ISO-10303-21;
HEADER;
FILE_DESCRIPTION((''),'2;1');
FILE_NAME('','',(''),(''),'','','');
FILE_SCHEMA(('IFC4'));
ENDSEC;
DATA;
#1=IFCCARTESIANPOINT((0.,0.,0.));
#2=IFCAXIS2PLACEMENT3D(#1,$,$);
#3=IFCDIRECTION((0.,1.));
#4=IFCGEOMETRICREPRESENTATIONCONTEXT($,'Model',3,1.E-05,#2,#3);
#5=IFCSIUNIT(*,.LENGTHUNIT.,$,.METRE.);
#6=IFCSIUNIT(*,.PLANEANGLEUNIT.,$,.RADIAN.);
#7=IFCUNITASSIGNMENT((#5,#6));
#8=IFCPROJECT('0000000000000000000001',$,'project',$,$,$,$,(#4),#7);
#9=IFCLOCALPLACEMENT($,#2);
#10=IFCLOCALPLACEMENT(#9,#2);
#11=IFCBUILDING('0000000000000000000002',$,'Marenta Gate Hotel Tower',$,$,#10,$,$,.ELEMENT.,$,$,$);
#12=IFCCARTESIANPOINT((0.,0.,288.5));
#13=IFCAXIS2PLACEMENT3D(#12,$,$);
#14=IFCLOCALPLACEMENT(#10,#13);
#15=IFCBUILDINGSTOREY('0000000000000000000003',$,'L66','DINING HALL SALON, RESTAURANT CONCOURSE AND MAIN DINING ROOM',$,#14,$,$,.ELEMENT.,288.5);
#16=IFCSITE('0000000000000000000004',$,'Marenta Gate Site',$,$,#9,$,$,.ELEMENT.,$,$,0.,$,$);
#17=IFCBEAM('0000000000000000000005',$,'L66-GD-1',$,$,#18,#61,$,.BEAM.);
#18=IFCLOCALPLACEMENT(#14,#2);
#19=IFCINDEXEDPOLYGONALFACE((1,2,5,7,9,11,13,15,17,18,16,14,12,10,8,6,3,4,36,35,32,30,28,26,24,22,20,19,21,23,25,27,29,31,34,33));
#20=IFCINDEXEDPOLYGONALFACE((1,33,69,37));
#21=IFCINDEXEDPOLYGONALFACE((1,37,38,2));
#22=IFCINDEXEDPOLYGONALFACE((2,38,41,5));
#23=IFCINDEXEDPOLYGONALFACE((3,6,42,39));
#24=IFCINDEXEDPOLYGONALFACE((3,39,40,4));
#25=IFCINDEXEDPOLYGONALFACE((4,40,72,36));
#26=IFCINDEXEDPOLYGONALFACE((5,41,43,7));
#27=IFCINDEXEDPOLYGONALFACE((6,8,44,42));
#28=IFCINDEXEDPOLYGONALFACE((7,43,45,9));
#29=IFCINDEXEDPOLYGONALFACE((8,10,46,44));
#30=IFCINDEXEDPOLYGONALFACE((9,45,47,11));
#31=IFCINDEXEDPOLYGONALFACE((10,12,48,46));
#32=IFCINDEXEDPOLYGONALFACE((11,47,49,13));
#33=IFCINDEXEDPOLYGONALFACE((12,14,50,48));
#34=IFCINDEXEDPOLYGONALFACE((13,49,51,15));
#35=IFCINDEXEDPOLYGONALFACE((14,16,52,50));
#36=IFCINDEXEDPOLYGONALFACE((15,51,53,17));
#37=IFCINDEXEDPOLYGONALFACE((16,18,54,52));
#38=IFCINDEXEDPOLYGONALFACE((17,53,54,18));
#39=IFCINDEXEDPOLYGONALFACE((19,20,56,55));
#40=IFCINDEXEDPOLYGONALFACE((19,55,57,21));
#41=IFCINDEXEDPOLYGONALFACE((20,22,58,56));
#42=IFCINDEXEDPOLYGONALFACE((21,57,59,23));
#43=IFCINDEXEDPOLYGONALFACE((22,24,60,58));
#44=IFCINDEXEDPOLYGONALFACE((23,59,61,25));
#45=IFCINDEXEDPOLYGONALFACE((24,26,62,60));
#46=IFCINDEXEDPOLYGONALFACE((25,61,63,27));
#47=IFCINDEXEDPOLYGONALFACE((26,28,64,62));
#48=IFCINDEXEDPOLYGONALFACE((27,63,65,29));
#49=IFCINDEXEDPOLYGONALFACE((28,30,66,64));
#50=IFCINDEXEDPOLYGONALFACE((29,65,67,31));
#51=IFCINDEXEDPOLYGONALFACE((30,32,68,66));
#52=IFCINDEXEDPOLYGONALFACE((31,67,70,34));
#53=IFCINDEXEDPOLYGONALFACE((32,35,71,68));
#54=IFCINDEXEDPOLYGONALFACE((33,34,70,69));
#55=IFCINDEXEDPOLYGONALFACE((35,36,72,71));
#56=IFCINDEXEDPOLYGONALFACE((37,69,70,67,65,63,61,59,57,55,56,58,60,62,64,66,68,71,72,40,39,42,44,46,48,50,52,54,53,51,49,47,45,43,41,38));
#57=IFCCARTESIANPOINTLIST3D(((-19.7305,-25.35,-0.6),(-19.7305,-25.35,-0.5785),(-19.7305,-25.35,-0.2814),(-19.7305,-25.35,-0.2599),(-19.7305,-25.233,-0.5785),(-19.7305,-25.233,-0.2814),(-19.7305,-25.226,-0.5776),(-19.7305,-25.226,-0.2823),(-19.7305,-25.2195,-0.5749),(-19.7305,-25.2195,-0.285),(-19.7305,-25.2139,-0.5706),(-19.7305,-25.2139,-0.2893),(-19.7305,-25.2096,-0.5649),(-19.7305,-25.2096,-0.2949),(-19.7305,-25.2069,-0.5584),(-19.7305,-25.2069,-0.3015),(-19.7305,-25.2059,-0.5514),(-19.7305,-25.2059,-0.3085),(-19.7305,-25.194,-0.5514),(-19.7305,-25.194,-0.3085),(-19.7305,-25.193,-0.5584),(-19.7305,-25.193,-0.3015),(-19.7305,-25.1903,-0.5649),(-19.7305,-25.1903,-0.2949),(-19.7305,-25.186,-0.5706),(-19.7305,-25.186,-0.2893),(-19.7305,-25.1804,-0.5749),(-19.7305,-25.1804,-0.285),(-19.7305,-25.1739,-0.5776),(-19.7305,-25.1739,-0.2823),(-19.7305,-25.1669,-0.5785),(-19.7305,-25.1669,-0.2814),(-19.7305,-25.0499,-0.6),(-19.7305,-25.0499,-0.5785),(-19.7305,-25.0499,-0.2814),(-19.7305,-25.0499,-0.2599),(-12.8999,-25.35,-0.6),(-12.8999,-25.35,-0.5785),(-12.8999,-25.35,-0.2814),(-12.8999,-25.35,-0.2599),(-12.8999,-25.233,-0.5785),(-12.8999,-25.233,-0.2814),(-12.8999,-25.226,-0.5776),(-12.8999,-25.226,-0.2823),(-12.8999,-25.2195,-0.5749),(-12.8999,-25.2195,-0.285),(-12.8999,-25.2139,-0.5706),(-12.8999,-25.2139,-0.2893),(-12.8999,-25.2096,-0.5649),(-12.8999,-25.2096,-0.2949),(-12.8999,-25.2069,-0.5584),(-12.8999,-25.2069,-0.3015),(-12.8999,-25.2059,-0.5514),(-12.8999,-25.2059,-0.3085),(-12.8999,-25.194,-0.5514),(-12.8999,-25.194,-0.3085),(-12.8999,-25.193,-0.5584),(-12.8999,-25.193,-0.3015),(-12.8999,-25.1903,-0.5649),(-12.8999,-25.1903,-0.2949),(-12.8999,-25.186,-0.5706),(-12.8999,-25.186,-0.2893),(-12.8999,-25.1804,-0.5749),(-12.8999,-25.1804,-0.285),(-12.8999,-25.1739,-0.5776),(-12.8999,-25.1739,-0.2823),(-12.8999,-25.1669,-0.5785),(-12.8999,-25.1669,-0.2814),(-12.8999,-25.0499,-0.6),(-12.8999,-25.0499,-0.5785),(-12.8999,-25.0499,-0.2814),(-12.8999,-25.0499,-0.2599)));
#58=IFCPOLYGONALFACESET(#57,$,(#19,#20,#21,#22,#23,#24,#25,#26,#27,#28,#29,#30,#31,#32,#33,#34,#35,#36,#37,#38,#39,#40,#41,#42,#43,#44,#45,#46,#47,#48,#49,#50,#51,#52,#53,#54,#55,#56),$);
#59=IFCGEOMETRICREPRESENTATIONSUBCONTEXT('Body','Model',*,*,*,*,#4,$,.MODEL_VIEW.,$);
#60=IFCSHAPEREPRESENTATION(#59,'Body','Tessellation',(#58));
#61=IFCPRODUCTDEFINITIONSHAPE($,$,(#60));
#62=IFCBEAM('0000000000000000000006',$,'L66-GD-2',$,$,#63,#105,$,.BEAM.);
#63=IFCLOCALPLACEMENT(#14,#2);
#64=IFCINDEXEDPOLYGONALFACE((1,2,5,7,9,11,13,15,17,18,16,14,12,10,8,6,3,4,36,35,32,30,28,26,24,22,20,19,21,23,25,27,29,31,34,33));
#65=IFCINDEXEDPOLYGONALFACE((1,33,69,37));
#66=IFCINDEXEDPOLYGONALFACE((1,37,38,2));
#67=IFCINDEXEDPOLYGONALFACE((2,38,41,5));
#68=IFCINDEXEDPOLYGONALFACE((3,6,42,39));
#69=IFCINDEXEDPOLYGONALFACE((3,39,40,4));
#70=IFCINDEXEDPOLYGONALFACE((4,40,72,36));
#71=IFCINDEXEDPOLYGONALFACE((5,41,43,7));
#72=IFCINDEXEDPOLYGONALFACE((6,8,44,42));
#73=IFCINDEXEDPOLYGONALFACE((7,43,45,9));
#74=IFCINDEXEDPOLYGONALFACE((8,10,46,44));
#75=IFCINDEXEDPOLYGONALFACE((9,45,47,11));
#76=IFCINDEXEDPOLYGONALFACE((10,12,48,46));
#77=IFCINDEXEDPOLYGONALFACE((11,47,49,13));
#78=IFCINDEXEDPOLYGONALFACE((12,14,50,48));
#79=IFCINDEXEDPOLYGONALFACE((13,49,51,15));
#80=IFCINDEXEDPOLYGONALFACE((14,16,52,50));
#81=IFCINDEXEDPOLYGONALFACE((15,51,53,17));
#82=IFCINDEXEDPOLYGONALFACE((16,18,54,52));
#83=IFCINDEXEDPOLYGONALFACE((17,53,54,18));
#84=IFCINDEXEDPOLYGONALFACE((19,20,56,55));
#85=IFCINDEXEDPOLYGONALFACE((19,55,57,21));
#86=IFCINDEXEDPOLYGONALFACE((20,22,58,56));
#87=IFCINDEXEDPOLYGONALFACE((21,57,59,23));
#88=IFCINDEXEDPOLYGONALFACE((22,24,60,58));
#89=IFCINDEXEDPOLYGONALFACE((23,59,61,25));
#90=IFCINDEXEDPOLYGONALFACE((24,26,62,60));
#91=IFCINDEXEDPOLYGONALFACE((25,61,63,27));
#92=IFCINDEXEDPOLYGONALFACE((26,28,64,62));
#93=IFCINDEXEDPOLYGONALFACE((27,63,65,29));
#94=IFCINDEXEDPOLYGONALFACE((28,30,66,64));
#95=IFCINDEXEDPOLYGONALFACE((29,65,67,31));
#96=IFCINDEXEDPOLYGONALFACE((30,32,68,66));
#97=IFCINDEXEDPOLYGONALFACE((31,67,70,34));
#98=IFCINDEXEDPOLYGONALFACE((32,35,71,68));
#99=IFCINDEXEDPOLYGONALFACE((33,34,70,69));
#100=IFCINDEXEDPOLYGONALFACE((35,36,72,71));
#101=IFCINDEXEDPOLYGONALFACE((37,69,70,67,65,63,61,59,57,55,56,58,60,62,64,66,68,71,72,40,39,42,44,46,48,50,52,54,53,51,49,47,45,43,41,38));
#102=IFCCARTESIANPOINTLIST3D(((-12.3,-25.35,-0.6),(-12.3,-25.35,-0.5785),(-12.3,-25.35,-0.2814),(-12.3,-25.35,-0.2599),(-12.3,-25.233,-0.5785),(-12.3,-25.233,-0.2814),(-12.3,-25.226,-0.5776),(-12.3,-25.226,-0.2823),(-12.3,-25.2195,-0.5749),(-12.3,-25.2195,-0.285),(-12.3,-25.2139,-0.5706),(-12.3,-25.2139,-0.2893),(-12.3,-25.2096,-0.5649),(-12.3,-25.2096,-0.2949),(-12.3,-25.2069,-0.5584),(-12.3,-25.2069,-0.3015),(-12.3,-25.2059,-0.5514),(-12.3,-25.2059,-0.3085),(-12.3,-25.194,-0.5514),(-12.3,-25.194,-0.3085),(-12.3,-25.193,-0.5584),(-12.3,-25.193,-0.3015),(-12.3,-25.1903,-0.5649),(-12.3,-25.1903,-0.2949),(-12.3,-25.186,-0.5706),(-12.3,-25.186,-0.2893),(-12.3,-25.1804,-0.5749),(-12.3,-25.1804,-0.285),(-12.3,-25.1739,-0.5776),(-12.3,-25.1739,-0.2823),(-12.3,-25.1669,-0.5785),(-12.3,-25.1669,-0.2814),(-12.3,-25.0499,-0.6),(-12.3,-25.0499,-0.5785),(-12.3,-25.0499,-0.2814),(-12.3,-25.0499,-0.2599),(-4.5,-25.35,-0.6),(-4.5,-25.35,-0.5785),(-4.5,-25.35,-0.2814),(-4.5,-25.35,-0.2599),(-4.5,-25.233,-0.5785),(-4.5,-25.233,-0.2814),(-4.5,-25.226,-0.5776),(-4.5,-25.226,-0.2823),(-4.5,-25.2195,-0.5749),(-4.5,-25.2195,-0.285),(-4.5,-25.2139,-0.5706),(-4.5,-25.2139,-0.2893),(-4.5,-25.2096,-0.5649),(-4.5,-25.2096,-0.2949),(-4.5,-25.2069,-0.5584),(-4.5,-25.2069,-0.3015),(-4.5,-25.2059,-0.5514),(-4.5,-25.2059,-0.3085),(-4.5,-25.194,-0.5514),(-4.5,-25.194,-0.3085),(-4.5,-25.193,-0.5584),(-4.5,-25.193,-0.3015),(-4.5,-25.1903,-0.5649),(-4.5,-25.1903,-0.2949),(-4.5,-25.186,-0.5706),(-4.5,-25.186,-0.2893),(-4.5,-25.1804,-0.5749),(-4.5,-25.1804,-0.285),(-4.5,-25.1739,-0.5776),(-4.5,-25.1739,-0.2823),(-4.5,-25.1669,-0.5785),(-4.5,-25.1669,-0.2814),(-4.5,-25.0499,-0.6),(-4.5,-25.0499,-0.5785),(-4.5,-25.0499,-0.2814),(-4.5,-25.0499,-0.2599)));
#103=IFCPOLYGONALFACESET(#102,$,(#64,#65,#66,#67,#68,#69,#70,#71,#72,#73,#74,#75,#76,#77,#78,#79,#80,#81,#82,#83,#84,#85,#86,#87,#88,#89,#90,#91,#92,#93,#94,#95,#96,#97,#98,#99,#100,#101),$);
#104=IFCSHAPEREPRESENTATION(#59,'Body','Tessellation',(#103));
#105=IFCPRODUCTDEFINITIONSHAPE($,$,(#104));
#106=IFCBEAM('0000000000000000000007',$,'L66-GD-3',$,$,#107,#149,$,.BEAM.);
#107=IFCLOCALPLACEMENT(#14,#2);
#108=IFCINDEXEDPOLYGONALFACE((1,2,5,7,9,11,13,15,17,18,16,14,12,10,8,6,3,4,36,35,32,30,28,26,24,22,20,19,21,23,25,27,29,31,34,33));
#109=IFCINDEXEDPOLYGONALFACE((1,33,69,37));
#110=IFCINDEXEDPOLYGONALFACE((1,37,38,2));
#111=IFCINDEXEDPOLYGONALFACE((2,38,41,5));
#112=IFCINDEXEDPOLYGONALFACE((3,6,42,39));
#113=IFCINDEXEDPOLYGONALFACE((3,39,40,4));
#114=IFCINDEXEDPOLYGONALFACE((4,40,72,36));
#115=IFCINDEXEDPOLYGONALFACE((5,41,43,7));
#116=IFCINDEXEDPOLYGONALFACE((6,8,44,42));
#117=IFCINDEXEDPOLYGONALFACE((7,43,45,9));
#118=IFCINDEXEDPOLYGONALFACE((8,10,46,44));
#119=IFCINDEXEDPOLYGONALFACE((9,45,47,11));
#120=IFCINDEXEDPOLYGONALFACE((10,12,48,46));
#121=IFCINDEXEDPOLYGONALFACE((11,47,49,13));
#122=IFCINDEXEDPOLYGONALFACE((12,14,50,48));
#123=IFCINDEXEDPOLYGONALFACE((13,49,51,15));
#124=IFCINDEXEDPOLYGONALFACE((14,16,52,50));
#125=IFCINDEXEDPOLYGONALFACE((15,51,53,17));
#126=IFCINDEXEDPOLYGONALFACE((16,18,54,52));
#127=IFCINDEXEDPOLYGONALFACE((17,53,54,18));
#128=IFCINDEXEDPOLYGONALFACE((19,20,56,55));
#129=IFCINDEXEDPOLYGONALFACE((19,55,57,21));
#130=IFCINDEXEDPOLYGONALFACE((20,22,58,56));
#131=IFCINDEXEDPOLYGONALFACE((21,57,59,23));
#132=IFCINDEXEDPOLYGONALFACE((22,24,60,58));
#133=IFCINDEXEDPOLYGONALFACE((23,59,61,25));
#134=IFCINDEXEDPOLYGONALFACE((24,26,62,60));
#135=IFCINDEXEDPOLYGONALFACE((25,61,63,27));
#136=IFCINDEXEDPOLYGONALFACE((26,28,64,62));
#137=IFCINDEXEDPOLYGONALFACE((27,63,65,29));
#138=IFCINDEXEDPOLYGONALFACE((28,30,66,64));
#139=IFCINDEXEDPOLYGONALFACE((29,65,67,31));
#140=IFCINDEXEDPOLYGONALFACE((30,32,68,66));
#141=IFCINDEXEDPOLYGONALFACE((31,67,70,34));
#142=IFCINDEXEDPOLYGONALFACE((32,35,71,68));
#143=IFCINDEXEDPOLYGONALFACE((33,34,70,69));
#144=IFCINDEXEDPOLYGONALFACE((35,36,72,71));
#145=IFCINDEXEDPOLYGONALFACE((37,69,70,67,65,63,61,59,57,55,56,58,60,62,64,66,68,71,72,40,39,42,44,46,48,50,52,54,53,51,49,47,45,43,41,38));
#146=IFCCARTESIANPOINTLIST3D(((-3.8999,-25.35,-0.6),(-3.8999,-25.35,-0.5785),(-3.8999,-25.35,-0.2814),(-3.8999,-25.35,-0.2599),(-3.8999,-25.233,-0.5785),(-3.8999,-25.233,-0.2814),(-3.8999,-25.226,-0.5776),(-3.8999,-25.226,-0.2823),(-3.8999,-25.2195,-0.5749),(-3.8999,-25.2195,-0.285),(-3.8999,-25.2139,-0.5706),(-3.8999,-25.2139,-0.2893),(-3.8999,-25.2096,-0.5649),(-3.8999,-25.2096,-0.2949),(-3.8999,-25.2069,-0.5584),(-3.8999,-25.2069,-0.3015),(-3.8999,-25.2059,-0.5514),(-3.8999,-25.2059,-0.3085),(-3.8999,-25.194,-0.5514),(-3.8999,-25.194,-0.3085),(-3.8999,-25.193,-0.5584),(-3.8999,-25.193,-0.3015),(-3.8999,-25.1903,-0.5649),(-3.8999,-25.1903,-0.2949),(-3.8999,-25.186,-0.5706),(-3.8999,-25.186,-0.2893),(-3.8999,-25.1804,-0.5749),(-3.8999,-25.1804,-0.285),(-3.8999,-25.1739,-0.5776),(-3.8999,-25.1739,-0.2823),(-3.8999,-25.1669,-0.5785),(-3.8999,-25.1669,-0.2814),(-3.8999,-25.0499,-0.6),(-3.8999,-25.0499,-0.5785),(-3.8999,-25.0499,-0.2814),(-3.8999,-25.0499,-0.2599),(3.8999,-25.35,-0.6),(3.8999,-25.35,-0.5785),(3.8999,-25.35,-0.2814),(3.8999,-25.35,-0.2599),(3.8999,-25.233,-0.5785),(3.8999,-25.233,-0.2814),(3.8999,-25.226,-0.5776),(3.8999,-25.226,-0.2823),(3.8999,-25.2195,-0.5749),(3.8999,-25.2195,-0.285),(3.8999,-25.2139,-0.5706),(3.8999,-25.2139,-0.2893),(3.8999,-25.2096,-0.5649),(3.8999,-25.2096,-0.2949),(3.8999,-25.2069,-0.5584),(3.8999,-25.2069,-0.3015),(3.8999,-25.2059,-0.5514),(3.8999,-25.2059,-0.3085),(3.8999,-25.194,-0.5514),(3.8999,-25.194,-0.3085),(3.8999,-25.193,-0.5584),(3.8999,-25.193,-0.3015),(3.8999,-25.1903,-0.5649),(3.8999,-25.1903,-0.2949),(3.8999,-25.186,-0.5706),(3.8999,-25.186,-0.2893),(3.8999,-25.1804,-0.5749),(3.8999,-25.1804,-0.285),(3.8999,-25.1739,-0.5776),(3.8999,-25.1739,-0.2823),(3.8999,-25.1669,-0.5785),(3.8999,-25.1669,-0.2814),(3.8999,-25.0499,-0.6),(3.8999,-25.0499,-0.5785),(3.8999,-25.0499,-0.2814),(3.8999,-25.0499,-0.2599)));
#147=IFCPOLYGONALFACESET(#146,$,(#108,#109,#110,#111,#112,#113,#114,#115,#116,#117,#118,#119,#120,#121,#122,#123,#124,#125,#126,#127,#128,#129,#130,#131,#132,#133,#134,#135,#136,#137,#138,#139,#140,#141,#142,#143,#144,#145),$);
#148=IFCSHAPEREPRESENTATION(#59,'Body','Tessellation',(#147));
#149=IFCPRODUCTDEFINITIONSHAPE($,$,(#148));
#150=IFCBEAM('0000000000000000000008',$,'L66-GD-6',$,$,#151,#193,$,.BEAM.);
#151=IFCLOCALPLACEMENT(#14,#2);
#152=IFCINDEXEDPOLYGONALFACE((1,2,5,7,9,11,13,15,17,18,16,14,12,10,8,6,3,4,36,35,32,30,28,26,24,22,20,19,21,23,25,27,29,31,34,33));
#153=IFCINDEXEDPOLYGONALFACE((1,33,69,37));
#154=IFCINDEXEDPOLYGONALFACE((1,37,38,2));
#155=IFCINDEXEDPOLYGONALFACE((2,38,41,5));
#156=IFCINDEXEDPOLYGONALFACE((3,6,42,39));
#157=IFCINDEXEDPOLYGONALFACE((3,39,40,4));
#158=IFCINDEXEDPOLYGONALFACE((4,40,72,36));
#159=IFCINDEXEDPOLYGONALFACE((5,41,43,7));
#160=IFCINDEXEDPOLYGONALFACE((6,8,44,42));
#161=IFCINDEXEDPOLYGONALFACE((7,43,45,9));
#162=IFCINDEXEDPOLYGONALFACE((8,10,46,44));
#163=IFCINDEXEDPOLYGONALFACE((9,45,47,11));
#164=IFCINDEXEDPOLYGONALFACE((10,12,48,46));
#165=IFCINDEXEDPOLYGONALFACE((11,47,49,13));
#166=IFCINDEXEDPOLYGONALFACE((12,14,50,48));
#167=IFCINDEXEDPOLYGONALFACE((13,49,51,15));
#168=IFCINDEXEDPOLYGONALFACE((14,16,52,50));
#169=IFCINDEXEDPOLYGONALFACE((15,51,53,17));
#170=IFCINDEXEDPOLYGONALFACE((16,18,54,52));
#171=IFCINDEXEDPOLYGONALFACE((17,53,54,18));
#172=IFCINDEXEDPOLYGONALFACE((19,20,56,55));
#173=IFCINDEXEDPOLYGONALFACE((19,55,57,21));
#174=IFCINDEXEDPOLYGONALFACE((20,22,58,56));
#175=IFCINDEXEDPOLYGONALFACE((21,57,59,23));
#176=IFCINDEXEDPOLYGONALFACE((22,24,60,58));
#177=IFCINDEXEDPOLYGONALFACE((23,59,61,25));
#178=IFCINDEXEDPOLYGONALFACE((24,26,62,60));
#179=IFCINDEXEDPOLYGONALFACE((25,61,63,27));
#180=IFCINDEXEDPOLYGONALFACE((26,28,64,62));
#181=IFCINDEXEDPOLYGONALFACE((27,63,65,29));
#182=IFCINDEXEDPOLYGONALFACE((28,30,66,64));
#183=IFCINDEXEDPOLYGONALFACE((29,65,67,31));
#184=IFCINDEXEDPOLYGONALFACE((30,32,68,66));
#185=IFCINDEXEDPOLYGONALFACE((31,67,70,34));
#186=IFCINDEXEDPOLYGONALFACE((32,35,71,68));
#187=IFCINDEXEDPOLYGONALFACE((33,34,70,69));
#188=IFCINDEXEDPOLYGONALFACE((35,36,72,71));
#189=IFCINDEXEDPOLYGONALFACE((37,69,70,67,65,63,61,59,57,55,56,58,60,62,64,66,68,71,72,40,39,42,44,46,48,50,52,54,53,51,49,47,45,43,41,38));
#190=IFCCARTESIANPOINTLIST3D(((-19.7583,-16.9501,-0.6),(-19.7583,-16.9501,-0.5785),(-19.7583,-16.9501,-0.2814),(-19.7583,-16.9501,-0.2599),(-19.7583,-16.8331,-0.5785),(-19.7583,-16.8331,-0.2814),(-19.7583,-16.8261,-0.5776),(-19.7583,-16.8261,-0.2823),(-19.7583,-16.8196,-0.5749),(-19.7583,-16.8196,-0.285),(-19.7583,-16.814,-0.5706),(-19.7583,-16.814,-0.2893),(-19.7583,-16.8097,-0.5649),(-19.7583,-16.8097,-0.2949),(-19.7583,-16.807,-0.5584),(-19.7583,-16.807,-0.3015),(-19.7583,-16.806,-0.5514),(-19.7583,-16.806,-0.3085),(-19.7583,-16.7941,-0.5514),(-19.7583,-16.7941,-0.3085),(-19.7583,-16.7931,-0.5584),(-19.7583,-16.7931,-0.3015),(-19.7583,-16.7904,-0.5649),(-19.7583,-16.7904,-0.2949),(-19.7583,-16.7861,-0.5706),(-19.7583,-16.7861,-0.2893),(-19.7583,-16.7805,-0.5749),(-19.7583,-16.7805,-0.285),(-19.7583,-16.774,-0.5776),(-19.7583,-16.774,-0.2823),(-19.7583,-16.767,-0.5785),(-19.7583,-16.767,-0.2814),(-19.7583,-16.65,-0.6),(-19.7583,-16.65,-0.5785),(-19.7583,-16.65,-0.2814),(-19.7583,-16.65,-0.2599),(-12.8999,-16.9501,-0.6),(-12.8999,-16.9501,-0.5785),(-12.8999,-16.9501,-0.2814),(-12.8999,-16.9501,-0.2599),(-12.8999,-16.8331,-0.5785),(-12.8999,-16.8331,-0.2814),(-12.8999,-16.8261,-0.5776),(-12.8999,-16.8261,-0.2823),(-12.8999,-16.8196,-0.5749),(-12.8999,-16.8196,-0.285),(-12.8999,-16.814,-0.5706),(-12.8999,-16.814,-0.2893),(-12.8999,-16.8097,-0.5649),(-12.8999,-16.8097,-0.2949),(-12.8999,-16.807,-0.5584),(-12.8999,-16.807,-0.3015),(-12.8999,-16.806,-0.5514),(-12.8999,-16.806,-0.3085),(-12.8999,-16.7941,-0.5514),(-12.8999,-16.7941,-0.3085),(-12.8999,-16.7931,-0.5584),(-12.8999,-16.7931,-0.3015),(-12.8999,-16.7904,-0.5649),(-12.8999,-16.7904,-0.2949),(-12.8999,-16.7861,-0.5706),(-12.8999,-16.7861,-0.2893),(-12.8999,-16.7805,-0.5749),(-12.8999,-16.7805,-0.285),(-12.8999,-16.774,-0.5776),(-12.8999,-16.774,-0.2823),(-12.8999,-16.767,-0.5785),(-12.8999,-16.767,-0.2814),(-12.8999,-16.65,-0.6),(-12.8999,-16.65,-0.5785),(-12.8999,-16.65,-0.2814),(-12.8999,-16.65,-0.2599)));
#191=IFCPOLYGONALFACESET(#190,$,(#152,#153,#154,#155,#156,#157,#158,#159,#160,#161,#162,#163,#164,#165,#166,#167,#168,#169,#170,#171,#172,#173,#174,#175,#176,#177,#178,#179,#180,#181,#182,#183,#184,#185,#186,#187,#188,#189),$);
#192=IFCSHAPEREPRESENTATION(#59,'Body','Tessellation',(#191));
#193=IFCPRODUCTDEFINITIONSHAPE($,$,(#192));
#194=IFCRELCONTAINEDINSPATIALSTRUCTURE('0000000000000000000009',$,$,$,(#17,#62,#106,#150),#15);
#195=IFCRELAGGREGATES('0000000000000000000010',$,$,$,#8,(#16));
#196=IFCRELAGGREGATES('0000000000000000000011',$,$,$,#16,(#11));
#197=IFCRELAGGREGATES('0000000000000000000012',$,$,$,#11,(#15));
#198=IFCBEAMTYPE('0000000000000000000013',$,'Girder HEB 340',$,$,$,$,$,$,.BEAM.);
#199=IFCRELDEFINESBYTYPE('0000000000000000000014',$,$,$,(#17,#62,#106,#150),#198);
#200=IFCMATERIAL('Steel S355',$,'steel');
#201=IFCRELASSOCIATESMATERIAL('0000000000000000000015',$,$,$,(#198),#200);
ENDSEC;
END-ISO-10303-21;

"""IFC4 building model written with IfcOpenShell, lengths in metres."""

from ifc_helpers import new_model, si_unit, direction, frame, origin, origin_2d, place, context, subcontext, project, spatial, i_section, extrude, material, material_profile, profile_set, type_object, element, save


model = new_model("IFC4")

# Units and contexts
model_context = context("Model", 3, precision=1e-05, world=origin(), true_north=direction((0.0, 1.0)))
body_context = subcontext(model_context, "Body", "Model", "MODEL_VIEW")
ifc_project = project(units=[si_unit("LENGTHUNIT", "METRE"), si_unit("PLANEANGLEUNIT", "RADIAN")], contexts=[model_context])

# Site, building, storey
site_placement = place(None, origin())
site = spatial("IfcSite", under=ifc_project, at=site_placement, Name="Marenta Gate Site", CompositionType="ELEMENT", RefElevation=0.0)
building_placement = place(site_placement, origin())
building = spatial("IfcBuilding", under=site, at=building_placement, Name="Marenta Gate Hotel Tower", CompositionType="ELEMENT")
storey_placement = place(building_placement, frame((0.0, 0.0, 288.5)))
storey = spatial("IfcBuildingStorey", under=building, at=storey_placement, Name="L66", Description="DINING HALL SALON, RESTAURANT CONCOURSE AND MAIN DINING ROOM", CompositionType="ELEMENT", Elevation=288.5)

# Beams
ifc_material_1 = material(Name="Steel S355", Category="steel")
ifc_material_profile_1 = material_profile(ifc_material_1, i_section(OverallWidth=0.3, OverallDepth=0.3401, WebThickness=0.012, FlangeThickness=0.0215, FilletRadius=0.0271, at=origin_2d()), Name="HEB 340")
ifc_profile_set_1 = profile_set([ifc_material_profile_1], Name="Steel S355")
beam_type_1 = type_object("IfcBeamType", Name="Girder HEB 340", PredefinedType="BEAM", material=ifc_profile_set_1)
beam_1_placement = place(storey_placement, frame((-19.7305, -25.2, -0.4299), z_axis=(1.0, 0.0, 0.0), x_axis=(0.0, 1.0, 0.0)))
element("IfcBeam", 1, at=beam_1_placement, inside=storey, type_object=beam_type_1, Name="L66-GD-1", PredefinedType="BEAM", context=body_context, shape_type="SweptSolid", body=[
    extrude(i_section(OverallWidth=0.3, OverallDepth=0.3401, WebThickness=0.012, FlangeThickness=0.0215, FilletRadius=0.0271, at=origin_2d()), origin(), (0.0, 0.0, 1.0), 6.8306),
])
beam_2_placement = place(storey_placement, frame((-12.3, -25.2, -0.4299), z_axis=(1.0, 0.0, 0.0), x_axis=(0.0, 1.0, 0.0)))
element("IfcBeam", 2, at=beam_2_placement, inside=storey, type_object=beam_type_1, Name="L66-GD-2", PredefinedType="BEAM", context=body_context, shape_type="SweptSolid", body=[
    extrude(i_section(OverallWidth=0.3, OverallDepth=0.3401, WebThickness=0.012, FlangeThickness=0.0215, FilletRadius=0.0271, at=origin_2d()), origin(), (0.0, 0.0, 1.0), 7.8),
])
beam_3_placement = place(storey_placement, frame((-3.8999, -25.2, -0.4299), z_axis=(1.0, 0.0, 0.0), x_axis=(0.0, 1.0, 0.0)))
element("IfcBeam", 3, at=beam_3_placement, inside=storey, type_object=beam_type_1, Name="L66-GD-3", PredefinedType="BEAM", context=body_context, shape_type="SweptSolid", body=[
    extrude(i_section(OverallWidth=0.3, OverallDepth=0.3401, WebThickness=0.012, FlangeThickness=0.0215, FilletRadius=0.0271, at=origin_2d()), origin(), (0.0, 0.0, 1.0), 7.7998),
])
beam_4_placement = place(storey_placement, frame((-19.7583, -16.8, -0.4299), z_axis=(1.0, 0.0, 0.0), x_axis=(0.0, 1.0, 0.0)))
element("IfcBeam", 4, at=beam_4_placement, inside=storey, type_object=beam_type_1, Name="L66-GD-6", PredefinedType="BEAM", context=body_context, shape_type="SweptSolid", body=[
    extrude(i_section(OverallWidth=0.3, OverallDepth=0.3401, WebThickness=0.012, FlangeThickness=0.0215, FilletRadius=0.0271, at=origin_2d()), origin(), (0.0, 0.0, 1.0), 6.8584),
])

save(model, "model.ifc")
